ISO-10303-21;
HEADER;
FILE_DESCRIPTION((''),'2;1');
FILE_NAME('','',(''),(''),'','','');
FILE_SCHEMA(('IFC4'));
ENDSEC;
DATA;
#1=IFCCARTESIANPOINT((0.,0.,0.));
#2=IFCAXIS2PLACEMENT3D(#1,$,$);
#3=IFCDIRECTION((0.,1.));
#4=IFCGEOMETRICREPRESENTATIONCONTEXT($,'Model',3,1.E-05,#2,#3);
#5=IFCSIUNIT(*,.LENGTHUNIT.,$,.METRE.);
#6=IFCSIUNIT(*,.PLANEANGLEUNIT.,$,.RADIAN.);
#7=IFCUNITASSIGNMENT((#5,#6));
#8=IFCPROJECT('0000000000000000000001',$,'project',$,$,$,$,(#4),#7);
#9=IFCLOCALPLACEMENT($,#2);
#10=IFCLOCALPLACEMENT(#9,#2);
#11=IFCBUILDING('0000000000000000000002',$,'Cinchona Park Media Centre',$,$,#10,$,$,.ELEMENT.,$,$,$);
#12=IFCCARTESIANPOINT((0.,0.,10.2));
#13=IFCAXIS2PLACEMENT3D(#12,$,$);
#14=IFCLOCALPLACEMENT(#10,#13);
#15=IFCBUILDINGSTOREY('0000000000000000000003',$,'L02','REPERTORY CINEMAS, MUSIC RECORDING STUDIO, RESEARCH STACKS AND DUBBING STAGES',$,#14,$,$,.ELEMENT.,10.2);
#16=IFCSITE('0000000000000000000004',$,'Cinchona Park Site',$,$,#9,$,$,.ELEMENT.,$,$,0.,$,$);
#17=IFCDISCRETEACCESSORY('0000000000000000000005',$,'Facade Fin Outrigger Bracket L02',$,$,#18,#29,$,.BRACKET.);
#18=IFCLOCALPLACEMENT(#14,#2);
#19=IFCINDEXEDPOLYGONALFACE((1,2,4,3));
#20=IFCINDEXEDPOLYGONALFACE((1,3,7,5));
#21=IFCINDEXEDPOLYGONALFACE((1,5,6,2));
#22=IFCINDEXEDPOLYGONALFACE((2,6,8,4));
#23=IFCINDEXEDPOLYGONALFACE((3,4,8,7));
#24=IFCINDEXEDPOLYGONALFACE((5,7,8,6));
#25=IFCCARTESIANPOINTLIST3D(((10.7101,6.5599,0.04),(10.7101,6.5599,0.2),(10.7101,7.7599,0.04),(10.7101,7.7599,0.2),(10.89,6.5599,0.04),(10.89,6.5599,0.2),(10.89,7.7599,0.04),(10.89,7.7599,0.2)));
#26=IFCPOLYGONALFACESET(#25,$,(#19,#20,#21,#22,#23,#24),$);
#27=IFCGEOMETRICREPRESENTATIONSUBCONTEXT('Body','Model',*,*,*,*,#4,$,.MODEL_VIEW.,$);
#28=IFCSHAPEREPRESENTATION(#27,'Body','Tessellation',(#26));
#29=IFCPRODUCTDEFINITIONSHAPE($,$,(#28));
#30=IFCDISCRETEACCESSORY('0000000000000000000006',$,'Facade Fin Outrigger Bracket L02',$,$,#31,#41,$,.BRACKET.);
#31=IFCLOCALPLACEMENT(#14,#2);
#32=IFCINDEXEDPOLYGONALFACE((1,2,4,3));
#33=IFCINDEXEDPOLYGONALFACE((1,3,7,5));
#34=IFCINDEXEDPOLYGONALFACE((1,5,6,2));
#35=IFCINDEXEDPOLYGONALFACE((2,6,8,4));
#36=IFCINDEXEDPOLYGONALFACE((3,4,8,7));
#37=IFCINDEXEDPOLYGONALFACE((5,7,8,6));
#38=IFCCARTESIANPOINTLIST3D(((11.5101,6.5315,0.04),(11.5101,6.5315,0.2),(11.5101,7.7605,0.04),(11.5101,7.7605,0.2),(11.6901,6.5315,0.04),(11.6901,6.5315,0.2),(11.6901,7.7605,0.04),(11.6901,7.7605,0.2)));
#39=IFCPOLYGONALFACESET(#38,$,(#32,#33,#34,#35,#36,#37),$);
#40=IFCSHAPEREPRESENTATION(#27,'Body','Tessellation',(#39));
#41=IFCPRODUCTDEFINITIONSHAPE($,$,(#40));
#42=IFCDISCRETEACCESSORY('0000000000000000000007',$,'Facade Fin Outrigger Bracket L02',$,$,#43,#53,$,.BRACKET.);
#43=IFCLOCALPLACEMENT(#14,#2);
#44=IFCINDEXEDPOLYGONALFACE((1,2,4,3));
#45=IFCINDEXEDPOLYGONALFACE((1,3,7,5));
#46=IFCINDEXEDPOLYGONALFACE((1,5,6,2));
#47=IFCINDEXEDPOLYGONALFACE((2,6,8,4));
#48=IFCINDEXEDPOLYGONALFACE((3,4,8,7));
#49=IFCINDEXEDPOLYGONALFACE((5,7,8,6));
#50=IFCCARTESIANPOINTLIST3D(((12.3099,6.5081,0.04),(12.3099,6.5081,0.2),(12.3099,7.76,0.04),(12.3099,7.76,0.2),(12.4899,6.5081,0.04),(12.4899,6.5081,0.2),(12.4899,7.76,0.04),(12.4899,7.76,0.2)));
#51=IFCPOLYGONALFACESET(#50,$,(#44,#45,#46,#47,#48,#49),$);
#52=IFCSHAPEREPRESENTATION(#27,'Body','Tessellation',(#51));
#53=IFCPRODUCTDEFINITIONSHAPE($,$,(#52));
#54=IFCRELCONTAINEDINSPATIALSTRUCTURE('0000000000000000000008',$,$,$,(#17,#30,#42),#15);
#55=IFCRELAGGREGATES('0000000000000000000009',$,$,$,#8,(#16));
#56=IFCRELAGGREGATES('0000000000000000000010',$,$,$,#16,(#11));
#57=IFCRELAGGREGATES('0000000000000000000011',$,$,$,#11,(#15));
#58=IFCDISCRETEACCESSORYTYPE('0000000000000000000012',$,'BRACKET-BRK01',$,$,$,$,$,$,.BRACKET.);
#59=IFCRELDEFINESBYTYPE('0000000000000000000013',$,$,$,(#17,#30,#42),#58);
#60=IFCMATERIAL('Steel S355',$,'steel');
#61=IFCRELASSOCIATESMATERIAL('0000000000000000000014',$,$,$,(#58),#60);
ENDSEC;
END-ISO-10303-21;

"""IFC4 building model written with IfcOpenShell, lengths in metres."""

from ifc_helpers import new_model, si_unit, direction, frame, origin, origin_2d, place, context, subcontext, project, spatial, rectangle, extrude, material, type_object, element, save


model = new_model("IFC4")

# Units and contexts
model_context = context("Model", 3, precision=1e-05, world=origin(), true_north=direction((0.0, 1.0)))
body_context = subcontext(model_context, "Body", "Model", "MODEL_VIEW")
ifc_project = project(units=[si_unit("LENGTHUNIT", "METRE"), si_unit("PLANEANGLEUNIT", "RADIAN")], contexts=[model_context])

# Site, building, storey
site_placement = place(None, origin())
site = spatial("IfcSite", under=ifc_project, at=site_placement, Name="Cinchona Park Site", CompositionType="ELEMENT", RefElevation=0.0)
building_placement = place(site_placement, origin())
building = spatial("IfcBuilding", under=site, at=building_placement, Name="Cinchona Park Media Centre", CompositionType="ELEMENT")
storey_placement = place(building_placement, frame((0.0, 0.0, 10.2)))
storey = spatial("IfcBuildingStorey", under=building, at=storey_placement, Name="L02", Description="REPERTORY CINEMAS, MUSIC RECORDING STUDIO, RESEARCH STACKS AND DUBBING STAGES", CompositionType="ELEMENT", Elevation=10.2)

# Discrete accessories
ifc_material_1 = material(Name="Steel S355", Category="steel")
discrete_accessory_type = type_object("IfcDiscreteAccessoryType", Name="BRACKET-BRK01", PredefinedType="BRACKET", material=ifc_material_1)
discrete_accessory_1_placement = place(storey_placement, frame((10.8, 7.1599, 0.04), z_axis=(0.0, 0.0, 1.0), x_axis=(1.0, 0.0, 0.0)))
element("IfcDiscreteAccessory", 1, at=discrete_accessory_1_placement, inside=storey, type_object=discrete_accessory_type, Name="Facade Fin Outrigger Bracket L02", PredefinedType="BRACKET", context=body_context, shape_type="SweptSolid", body=[
    extrude(rectangle(XDim=0.1799, YDim=1.2, at=origin_2d()), origin(), (0.0, 0.0, 1.0), 0.1599),
])
discrete_accessory_2_placement = place(storey_placement, frame((11.6001, 7.146, 0.04), z_axis=(0.0, 0.0, 1.0), x_axis=(1.0, 0.0, 0.0)))
element("IfcDiscreteAccessory", 2, at=discrete_accessory_2_placement, inside=storey, type_object=discrete_accessory_type, Name="Facade Fin Outrigger Bracket L02", PredefinedType="BRACKET", context=body_context, shape_type="SweptSolid", body=[
    extrude(rectangle(XDim=0.1799, YDim=1.229, at=origin_2d()), origin(), (0.0, 0.0, 1.0), 0.1599),
])
discrete_accessory_3_placement = place(storey_placement, frame((12.3999, 7.134, 0.04), z_axis=(0.0, 0.0, 1.0), x_axis=(1.0, 0.0, 0.0)))
element("IfcDiscreteAccessory", 3, at=discrete_accessory_3_placement, inside=storey, type_object=discrete_accessory_type, Name="Facade Fin Outrigger Bracket L02", PredefinedType="BRACKET", context=body_context, shape_type="SweptSolid", body=[
    extrude(rectangle(XDim=0.1799, YDim=1.252, at=origin_2d()), origin(), (0.0, 0.0, 1.0), 0.1599),
])

save(model, "model.ifc")
